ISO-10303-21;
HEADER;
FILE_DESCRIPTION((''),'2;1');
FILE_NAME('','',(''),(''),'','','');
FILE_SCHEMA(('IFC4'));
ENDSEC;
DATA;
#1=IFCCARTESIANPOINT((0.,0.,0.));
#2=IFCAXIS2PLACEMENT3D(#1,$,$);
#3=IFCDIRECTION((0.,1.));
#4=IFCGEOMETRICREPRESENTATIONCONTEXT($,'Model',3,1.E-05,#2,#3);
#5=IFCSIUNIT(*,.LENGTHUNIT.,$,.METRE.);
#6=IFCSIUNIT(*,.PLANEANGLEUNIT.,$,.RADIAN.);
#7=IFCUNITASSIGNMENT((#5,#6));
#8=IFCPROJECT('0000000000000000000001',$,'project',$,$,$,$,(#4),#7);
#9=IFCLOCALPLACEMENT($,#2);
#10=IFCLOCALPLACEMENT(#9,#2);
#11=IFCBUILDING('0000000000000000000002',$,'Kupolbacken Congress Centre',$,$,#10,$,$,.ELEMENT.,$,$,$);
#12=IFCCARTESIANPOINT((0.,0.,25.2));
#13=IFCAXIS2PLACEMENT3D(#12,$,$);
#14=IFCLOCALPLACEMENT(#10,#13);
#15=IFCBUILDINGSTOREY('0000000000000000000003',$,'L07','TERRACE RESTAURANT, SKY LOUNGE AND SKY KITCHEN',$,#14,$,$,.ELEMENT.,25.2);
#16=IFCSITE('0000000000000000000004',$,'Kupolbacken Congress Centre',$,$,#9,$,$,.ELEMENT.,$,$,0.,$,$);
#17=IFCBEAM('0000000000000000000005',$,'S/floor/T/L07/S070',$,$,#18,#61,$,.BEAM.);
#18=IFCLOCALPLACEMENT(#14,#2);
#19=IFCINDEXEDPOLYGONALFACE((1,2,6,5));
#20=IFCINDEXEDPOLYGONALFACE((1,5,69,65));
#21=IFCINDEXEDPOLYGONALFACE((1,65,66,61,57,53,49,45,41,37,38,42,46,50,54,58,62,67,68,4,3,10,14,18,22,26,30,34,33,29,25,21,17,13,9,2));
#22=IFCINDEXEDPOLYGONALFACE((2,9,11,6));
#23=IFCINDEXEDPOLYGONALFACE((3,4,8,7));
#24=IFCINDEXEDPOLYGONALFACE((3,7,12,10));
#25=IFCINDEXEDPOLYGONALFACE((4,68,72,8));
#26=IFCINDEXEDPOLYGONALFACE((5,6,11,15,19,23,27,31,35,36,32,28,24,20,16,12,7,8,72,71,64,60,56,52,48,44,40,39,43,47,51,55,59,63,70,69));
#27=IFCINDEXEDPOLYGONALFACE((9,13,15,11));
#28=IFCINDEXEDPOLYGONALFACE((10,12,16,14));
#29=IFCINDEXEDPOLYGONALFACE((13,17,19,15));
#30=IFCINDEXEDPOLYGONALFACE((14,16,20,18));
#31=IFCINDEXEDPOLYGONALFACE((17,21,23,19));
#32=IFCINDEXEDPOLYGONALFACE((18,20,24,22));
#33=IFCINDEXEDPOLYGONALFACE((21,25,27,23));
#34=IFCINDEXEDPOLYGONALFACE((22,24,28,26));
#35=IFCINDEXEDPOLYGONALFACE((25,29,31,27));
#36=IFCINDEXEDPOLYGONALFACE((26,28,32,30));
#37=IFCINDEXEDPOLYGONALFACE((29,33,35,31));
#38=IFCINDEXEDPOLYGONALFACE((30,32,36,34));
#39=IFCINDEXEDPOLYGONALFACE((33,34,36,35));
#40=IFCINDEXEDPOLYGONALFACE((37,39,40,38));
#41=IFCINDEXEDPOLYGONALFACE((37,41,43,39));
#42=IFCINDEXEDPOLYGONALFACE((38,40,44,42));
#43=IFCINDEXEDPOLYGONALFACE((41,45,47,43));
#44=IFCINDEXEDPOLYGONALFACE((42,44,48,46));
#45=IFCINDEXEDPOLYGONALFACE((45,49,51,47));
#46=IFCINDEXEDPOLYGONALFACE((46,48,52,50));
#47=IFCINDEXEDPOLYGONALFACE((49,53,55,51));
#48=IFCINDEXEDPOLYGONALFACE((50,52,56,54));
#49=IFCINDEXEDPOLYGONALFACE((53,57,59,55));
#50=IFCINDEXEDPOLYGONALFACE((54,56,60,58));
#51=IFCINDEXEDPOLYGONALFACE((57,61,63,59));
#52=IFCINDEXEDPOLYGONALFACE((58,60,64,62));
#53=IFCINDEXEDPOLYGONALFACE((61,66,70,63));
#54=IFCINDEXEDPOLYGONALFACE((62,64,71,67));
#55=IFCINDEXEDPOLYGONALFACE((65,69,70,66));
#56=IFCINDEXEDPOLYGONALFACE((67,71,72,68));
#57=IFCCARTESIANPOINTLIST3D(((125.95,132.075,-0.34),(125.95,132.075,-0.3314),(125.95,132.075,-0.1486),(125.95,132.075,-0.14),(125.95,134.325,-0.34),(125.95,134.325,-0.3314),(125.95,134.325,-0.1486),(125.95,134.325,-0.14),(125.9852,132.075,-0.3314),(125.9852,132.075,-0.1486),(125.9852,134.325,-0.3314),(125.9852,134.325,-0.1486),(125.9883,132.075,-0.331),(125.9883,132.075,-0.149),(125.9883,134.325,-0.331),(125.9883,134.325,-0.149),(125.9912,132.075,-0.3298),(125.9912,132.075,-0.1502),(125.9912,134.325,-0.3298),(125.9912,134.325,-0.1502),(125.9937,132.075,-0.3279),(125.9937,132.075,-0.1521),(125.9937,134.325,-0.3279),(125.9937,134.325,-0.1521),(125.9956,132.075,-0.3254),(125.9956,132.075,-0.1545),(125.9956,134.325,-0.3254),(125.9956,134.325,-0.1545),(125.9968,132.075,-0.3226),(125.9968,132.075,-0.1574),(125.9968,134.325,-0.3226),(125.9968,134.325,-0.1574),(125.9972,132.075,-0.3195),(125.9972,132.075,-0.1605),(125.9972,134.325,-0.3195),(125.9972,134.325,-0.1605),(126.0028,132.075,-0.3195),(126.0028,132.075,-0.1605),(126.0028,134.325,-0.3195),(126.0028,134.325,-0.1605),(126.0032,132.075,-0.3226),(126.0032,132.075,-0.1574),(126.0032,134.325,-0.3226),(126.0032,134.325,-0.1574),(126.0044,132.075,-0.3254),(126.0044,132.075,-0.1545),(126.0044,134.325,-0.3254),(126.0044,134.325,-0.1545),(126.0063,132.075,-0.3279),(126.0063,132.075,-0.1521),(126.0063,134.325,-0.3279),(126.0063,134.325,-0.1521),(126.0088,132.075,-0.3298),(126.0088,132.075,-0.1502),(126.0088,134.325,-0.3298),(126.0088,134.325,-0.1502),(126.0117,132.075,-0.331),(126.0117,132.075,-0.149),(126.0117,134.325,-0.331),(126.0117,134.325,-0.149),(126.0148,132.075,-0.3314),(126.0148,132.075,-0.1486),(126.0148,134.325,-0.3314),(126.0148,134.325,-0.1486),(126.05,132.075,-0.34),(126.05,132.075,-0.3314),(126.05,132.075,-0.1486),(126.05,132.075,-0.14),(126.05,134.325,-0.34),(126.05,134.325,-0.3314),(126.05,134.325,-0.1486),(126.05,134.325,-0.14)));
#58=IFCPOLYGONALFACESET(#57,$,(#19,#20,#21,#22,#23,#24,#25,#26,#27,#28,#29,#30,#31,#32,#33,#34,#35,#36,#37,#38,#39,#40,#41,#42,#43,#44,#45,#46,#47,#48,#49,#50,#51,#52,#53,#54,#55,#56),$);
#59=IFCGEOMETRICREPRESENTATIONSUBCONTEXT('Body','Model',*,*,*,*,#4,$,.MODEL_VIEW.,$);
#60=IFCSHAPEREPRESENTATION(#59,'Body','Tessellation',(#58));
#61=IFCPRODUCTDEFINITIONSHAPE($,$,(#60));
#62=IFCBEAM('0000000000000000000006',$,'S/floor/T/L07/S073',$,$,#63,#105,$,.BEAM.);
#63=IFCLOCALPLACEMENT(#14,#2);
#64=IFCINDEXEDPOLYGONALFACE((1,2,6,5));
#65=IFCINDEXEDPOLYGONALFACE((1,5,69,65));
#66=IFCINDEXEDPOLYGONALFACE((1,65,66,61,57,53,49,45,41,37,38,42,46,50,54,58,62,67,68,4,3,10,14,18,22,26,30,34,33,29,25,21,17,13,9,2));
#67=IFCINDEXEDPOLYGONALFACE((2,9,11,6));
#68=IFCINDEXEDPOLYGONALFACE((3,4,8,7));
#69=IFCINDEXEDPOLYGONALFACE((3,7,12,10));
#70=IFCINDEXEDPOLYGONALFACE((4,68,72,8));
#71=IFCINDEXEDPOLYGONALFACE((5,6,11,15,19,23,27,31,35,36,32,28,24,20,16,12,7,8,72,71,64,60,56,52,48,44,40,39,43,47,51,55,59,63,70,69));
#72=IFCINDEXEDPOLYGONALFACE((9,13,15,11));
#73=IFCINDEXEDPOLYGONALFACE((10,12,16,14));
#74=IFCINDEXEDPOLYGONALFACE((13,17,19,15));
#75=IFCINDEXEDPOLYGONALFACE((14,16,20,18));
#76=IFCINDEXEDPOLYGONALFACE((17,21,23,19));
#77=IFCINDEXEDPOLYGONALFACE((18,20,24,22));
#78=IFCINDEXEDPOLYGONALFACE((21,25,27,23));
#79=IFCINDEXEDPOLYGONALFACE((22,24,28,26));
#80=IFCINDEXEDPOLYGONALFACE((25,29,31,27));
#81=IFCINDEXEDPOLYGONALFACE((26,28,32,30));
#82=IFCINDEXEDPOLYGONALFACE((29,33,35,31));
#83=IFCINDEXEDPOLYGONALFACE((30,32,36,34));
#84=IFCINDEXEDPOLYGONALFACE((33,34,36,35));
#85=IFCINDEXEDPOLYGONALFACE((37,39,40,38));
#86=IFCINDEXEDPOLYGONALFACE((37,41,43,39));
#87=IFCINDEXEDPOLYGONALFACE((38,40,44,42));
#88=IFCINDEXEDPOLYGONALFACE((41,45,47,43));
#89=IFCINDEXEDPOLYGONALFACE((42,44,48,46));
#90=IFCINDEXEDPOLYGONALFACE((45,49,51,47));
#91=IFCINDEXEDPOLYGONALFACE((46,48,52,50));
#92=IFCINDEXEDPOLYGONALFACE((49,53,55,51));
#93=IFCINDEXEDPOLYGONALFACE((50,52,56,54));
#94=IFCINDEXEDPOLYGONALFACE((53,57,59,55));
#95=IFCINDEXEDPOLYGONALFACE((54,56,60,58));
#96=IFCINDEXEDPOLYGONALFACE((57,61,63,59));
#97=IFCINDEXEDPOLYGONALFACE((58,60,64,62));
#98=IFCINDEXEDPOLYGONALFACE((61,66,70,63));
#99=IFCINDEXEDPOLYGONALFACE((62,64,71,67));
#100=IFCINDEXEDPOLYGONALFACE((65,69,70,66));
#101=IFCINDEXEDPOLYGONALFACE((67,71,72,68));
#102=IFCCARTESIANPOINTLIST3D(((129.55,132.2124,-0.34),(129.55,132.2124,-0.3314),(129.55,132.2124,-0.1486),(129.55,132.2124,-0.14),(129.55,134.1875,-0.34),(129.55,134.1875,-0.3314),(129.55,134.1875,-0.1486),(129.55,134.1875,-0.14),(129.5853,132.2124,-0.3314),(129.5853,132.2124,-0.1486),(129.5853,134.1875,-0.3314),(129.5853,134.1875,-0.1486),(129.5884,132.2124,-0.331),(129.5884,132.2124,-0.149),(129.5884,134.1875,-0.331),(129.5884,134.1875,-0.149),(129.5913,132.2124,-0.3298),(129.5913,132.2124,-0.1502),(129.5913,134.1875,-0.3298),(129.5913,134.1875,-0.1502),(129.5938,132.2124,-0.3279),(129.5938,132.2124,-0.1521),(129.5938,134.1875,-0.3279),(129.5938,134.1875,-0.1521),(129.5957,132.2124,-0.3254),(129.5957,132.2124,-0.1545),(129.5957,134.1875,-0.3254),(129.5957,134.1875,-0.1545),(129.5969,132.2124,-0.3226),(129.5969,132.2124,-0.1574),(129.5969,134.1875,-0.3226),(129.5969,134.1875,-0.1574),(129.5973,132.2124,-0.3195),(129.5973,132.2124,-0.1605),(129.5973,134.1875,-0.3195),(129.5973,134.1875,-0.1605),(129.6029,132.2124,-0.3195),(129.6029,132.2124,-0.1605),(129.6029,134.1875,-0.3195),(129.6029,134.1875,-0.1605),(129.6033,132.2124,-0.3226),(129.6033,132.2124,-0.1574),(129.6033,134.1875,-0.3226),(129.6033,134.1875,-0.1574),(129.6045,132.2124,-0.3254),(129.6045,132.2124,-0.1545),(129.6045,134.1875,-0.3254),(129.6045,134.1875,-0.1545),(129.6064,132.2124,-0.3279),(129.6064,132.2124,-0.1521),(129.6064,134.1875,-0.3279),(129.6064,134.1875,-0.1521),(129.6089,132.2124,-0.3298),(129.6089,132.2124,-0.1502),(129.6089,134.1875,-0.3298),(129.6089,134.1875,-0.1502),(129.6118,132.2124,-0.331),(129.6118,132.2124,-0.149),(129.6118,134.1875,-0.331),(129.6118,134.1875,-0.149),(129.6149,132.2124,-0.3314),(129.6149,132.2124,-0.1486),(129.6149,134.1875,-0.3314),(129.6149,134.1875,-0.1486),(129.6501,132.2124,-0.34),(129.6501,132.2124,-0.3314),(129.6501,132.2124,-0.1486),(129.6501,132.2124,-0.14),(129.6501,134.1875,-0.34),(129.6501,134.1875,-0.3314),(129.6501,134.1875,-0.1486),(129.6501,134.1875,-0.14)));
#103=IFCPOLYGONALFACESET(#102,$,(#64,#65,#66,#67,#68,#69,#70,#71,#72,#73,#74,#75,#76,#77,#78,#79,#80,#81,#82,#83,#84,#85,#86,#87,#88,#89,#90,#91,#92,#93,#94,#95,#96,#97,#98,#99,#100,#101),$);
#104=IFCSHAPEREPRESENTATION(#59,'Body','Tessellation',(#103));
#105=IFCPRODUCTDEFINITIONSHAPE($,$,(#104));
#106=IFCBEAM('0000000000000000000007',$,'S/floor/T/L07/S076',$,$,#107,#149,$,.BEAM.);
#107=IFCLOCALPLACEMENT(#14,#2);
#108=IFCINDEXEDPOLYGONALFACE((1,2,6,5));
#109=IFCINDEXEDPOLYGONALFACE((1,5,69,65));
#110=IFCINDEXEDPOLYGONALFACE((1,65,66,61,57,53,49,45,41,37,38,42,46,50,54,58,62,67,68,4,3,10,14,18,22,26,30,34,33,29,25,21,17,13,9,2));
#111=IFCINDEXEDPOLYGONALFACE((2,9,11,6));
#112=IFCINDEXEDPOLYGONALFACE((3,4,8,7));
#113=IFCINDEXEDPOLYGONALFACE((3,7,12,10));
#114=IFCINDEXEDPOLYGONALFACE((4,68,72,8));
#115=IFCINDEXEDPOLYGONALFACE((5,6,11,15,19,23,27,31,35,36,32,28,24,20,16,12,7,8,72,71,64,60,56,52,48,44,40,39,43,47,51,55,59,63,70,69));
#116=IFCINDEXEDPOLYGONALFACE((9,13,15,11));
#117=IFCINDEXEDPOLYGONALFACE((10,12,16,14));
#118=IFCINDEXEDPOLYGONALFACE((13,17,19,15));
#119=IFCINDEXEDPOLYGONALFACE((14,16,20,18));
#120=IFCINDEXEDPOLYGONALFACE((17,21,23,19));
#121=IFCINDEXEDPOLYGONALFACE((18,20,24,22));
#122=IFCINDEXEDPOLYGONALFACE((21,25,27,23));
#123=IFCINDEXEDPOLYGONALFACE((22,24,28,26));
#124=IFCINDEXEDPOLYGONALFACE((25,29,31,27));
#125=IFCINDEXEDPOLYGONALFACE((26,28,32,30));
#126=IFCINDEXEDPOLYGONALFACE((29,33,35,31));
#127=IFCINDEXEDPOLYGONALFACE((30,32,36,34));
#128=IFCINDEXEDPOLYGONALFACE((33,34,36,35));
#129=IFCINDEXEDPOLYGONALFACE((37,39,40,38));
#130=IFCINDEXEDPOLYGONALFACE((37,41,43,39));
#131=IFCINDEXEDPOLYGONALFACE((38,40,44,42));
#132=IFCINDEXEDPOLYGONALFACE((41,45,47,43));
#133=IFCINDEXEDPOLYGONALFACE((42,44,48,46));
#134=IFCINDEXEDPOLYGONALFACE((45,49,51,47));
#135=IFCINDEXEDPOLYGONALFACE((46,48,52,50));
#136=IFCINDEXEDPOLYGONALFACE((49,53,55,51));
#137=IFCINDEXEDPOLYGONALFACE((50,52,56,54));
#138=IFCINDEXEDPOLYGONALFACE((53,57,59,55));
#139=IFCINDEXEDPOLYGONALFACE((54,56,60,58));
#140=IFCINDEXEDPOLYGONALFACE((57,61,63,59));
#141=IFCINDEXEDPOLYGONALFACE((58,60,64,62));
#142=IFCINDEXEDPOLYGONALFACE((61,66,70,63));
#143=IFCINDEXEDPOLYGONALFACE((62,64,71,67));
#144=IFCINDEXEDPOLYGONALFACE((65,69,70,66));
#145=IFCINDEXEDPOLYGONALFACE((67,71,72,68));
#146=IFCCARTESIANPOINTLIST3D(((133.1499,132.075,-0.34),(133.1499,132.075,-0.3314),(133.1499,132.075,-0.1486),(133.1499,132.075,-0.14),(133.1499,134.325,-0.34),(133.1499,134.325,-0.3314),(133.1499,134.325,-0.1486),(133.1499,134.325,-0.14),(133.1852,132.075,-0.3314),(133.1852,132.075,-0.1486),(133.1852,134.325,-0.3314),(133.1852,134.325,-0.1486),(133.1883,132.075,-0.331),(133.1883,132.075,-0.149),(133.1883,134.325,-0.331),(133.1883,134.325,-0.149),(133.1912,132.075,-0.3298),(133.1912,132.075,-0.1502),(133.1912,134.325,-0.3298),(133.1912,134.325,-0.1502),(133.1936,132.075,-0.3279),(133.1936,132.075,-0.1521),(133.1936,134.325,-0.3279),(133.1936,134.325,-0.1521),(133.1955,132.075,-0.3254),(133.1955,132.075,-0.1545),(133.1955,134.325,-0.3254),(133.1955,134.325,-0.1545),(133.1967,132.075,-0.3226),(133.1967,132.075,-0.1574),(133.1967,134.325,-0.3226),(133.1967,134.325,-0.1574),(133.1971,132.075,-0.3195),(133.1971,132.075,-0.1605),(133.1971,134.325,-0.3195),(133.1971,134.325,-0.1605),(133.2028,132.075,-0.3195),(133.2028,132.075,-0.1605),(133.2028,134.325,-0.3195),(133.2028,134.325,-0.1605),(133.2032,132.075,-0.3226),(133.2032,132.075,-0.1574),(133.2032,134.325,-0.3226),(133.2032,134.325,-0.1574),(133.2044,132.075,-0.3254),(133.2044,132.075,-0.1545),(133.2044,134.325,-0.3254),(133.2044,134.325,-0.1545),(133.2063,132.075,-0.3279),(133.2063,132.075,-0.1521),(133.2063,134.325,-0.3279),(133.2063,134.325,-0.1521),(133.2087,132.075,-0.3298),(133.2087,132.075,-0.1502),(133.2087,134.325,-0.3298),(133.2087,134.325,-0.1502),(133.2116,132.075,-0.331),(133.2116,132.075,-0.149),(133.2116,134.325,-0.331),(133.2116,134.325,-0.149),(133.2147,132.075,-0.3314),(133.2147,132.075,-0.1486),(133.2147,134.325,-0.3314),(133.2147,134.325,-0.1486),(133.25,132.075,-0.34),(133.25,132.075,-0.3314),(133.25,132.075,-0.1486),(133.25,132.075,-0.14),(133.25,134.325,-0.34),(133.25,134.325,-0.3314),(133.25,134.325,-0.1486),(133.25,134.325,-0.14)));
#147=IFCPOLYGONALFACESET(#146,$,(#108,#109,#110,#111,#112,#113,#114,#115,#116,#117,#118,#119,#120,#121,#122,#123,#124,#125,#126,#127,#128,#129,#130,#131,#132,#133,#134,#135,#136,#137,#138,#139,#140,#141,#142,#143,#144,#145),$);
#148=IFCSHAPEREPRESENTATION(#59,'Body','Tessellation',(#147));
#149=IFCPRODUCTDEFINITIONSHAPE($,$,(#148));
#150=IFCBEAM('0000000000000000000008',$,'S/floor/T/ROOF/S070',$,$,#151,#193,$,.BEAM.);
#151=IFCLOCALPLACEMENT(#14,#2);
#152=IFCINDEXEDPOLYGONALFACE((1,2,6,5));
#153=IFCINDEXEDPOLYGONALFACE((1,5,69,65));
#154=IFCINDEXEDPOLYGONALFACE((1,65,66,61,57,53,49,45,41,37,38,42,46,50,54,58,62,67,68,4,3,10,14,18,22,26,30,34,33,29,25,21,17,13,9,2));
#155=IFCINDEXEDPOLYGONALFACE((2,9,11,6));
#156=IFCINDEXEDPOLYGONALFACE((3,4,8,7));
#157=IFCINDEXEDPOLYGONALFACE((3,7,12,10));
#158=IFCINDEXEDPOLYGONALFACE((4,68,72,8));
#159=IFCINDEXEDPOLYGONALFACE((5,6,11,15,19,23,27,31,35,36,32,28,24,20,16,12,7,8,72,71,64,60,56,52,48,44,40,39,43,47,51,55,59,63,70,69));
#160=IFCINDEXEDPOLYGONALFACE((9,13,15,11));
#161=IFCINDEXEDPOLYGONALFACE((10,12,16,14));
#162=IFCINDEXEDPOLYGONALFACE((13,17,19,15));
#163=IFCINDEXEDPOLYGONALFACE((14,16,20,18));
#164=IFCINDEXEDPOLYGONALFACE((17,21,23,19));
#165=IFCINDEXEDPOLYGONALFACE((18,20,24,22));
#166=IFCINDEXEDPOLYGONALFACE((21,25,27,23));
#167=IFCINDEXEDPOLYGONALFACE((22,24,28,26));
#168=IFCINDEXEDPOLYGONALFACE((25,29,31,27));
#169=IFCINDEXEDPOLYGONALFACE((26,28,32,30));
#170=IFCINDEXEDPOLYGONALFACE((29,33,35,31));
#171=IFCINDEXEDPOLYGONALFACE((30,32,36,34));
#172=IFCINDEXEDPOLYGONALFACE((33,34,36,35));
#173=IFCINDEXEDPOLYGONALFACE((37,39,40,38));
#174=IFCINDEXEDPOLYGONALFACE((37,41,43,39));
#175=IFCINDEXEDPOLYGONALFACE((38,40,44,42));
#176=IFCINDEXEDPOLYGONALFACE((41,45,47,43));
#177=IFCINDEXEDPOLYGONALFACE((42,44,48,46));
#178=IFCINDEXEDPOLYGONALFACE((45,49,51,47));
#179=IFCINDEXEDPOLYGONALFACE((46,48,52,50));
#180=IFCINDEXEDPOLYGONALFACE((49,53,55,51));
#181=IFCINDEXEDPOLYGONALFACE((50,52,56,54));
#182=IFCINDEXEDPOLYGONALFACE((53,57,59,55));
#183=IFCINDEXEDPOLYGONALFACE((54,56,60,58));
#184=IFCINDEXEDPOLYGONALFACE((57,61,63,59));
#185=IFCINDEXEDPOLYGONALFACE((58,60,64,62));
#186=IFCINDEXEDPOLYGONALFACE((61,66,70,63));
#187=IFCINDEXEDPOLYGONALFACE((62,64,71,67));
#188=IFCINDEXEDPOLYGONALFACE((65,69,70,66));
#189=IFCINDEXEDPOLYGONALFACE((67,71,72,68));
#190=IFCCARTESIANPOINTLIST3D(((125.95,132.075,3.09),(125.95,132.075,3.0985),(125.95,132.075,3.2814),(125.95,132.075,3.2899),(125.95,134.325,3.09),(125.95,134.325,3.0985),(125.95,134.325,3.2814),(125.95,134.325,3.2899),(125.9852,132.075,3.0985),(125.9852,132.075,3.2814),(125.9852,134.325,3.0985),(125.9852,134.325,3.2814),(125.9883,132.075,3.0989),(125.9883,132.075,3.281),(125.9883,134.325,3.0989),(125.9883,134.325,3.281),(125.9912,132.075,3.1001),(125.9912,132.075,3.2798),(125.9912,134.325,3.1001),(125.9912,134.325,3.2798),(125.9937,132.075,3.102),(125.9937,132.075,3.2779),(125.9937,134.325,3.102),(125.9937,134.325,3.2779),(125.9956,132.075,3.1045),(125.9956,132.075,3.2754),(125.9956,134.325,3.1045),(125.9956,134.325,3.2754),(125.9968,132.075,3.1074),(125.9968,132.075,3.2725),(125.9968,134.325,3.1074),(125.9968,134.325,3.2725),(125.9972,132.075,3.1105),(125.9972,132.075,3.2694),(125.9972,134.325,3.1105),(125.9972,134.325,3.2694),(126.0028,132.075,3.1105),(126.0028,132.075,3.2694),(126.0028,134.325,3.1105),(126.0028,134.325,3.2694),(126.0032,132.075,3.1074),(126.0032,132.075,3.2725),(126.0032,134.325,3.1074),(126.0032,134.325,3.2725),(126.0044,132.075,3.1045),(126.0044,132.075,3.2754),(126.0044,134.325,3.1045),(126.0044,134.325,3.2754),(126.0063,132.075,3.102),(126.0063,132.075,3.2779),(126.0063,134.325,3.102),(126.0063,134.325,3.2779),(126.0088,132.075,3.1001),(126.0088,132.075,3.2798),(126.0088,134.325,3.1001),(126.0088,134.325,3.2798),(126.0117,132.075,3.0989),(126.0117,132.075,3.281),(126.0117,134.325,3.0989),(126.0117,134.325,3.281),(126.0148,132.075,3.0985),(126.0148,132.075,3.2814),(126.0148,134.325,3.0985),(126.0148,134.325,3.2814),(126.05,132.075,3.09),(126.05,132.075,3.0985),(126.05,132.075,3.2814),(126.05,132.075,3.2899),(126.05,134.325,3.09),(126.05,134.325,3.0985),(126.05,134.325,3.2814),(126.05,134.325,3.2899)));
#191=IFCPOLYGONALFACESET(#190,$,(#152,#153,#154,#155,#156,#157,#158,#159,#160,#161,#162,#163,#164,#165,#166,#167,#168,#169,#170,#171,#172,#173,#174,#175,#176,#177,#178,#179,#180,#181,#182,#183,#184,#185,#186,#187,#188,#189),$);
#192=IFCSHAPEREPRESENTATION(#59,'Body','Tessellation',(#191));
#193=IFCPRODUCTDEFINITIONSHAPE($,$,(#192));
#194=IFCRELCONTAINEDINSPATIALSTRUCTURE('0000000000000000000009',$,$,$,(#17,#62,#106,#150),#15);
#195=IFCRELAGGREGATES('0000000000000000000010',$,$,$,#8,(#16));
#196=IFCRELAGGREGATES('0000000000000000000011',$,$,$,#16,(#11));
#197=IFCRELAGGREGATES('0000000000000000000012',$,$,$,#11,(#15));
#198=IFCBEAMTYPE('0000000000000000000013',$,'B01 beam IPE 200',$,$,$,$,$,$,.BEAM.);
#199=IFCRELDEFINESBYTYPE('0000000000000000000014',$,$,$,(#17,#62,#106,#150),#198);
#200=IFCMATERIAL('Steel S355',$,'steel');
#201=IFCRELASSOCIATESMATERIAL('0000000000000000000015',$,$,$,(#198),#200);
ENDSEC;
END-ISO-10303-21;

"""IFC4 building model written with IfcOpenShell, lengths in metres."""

from ifc_helpers import new_model, si_unit, direction, frame, origin, origin_2d, place, context, subcontext, project, spatial, i_section, extrude, material, material_profile, profile_set, type_object, element, save


model = new_model("IFC4")

# Units and contexts
model_context = context("Model", 3, precision=1e-05, world=origin(), true_north=direction((0.0, 1.0)))
body_context = subcontext(model_context, "Body", "Model", "MODEL_VIEW")
ifc_project = project(units=[si_unit("LENGTHUNIT", "METRE"), si_unit("PLANEANGLEUNIT", "RADIAN")], contexts=[model_context])

# Site, building, storey
site_placement = place(None, origin())
site = spatial("IfcSite", under=ifc_project, at=site_placement, Name="Kupolbacken Congress Centre", CompositionType="ELEMENT", RefElevation=0.0)
building_placement = place(site_placement, origin())
building = spatial("IfcBuilding", under=site, at=building_placement, Name="Kupolbacken Congress Centre", CompositionType="ELEMENT")
storey_placement = place(building_placement, frame((0.0, 0.0, 25.2)))
storey = spatial("IfcBuildingStorey", under=building, at=storey_placement, Name="L07", Description="TERRACE RESTAURANT, SKY LOUNGE AND SKY KITCHEN", CompositionType="ELEMENT", Elevation=25.2)

# Beams
ifc_material_1 = material(Name="Steel S355", Category="steel")
ifc_material_profile_1 = material_profile(ifc_material_1, i_section(OverallWidth=0.1001, OverallDepth=0.2, WebThickness=0.0056, FlangeThickness=0.0085, FilletRadius=0.012, at=origin_2d()), Name="IPE 200")
ifc_profile_set_1 = profile_set([ifc_material_profile_1], Name="Steel S355")
beam_type_1 = type_object("IfcBeamType", Name="B01 beam IPE 200", PredefinedType="BEAM", material=ifc_profile_set_1)
beam_1_placement = place(storey_placement, frame((126.0, 132.075, -0.24), z_axis=(0.0, 1.0, 0.0), x_axis=(-1.0, 0.0, 0.0)))
element("IfcBeam", 1, at=beam_1_placement, inside=storey, type_object=beam_type_1, Name="S/floor/T/L07/S070", PredefinedType="BEAM", context=body_context, shape_type="SweptSolid", body=[
    extrude(i_section(OverallWidth=0.1001, OverallDepth=0.2, WebThickness=0.0056, FlangeThickness=0.0085, FilletRadius=0.012, at=origin_2d()), origin(), (0.0, 0.0, 1.0), 2.25),
])
beam_2_placement = place(storey_placement, frame((129.6001, 132.2124, -0.24), z_axis=(0.0, 1.0, 0.0), x_axis=(-1.0, 0.0, 0.0)))
element("IfcBeam", 2, at=beam_2_placement, inside=storey, type_object=beam_type_1, Name="S/floor/T/L07/S073", PredefinedType="BEAM", context=body_context, shape_type="SweptSolid", body=[
    extrude(i_section(OverallWidth=0.1001, OverallDepth=0.2, WebThickness=0.0056, FlangeThickness=0.0085, FilletRadius=0.012, at=origin_2d()), origin(), (0.0, 0.0, 1.0), 1.9751),
])
for number, where, z_axis, x_axis, name in (
    (3, (133.2, 132.075, -0.24), (0.0, 1.0, 0.0), (-1.0, 0.0, 0.0), "S/floor/T/L07/S076"),
    (4, (126.0, 132.075, 3.1899), (0.0, 1.0, 0.0), (-1.0, 0.0, 0.0), "S/floor/T/ROOF/S070"),
):
    element("IfcBeam", number, at=place(storey_placement, frame(where, z_axis=z_axis, x_axis=x_axis)), inside=storey, type_object=beam_type_1, Name=name, PredefinedType="BEAM", context=body_context, shape_type="SweptSolid", body=[
        extrude(i_section(OverallWidth=0.1001, OverallDepth=0.2, WebThickness=0.0056, FlangeThickness=0.0085, FilletRadius=0.012, at=origin_2d()), origin(), (0.0, 0.0, 1.0), 2.25),
    ])

save(model, "model.ifc")
